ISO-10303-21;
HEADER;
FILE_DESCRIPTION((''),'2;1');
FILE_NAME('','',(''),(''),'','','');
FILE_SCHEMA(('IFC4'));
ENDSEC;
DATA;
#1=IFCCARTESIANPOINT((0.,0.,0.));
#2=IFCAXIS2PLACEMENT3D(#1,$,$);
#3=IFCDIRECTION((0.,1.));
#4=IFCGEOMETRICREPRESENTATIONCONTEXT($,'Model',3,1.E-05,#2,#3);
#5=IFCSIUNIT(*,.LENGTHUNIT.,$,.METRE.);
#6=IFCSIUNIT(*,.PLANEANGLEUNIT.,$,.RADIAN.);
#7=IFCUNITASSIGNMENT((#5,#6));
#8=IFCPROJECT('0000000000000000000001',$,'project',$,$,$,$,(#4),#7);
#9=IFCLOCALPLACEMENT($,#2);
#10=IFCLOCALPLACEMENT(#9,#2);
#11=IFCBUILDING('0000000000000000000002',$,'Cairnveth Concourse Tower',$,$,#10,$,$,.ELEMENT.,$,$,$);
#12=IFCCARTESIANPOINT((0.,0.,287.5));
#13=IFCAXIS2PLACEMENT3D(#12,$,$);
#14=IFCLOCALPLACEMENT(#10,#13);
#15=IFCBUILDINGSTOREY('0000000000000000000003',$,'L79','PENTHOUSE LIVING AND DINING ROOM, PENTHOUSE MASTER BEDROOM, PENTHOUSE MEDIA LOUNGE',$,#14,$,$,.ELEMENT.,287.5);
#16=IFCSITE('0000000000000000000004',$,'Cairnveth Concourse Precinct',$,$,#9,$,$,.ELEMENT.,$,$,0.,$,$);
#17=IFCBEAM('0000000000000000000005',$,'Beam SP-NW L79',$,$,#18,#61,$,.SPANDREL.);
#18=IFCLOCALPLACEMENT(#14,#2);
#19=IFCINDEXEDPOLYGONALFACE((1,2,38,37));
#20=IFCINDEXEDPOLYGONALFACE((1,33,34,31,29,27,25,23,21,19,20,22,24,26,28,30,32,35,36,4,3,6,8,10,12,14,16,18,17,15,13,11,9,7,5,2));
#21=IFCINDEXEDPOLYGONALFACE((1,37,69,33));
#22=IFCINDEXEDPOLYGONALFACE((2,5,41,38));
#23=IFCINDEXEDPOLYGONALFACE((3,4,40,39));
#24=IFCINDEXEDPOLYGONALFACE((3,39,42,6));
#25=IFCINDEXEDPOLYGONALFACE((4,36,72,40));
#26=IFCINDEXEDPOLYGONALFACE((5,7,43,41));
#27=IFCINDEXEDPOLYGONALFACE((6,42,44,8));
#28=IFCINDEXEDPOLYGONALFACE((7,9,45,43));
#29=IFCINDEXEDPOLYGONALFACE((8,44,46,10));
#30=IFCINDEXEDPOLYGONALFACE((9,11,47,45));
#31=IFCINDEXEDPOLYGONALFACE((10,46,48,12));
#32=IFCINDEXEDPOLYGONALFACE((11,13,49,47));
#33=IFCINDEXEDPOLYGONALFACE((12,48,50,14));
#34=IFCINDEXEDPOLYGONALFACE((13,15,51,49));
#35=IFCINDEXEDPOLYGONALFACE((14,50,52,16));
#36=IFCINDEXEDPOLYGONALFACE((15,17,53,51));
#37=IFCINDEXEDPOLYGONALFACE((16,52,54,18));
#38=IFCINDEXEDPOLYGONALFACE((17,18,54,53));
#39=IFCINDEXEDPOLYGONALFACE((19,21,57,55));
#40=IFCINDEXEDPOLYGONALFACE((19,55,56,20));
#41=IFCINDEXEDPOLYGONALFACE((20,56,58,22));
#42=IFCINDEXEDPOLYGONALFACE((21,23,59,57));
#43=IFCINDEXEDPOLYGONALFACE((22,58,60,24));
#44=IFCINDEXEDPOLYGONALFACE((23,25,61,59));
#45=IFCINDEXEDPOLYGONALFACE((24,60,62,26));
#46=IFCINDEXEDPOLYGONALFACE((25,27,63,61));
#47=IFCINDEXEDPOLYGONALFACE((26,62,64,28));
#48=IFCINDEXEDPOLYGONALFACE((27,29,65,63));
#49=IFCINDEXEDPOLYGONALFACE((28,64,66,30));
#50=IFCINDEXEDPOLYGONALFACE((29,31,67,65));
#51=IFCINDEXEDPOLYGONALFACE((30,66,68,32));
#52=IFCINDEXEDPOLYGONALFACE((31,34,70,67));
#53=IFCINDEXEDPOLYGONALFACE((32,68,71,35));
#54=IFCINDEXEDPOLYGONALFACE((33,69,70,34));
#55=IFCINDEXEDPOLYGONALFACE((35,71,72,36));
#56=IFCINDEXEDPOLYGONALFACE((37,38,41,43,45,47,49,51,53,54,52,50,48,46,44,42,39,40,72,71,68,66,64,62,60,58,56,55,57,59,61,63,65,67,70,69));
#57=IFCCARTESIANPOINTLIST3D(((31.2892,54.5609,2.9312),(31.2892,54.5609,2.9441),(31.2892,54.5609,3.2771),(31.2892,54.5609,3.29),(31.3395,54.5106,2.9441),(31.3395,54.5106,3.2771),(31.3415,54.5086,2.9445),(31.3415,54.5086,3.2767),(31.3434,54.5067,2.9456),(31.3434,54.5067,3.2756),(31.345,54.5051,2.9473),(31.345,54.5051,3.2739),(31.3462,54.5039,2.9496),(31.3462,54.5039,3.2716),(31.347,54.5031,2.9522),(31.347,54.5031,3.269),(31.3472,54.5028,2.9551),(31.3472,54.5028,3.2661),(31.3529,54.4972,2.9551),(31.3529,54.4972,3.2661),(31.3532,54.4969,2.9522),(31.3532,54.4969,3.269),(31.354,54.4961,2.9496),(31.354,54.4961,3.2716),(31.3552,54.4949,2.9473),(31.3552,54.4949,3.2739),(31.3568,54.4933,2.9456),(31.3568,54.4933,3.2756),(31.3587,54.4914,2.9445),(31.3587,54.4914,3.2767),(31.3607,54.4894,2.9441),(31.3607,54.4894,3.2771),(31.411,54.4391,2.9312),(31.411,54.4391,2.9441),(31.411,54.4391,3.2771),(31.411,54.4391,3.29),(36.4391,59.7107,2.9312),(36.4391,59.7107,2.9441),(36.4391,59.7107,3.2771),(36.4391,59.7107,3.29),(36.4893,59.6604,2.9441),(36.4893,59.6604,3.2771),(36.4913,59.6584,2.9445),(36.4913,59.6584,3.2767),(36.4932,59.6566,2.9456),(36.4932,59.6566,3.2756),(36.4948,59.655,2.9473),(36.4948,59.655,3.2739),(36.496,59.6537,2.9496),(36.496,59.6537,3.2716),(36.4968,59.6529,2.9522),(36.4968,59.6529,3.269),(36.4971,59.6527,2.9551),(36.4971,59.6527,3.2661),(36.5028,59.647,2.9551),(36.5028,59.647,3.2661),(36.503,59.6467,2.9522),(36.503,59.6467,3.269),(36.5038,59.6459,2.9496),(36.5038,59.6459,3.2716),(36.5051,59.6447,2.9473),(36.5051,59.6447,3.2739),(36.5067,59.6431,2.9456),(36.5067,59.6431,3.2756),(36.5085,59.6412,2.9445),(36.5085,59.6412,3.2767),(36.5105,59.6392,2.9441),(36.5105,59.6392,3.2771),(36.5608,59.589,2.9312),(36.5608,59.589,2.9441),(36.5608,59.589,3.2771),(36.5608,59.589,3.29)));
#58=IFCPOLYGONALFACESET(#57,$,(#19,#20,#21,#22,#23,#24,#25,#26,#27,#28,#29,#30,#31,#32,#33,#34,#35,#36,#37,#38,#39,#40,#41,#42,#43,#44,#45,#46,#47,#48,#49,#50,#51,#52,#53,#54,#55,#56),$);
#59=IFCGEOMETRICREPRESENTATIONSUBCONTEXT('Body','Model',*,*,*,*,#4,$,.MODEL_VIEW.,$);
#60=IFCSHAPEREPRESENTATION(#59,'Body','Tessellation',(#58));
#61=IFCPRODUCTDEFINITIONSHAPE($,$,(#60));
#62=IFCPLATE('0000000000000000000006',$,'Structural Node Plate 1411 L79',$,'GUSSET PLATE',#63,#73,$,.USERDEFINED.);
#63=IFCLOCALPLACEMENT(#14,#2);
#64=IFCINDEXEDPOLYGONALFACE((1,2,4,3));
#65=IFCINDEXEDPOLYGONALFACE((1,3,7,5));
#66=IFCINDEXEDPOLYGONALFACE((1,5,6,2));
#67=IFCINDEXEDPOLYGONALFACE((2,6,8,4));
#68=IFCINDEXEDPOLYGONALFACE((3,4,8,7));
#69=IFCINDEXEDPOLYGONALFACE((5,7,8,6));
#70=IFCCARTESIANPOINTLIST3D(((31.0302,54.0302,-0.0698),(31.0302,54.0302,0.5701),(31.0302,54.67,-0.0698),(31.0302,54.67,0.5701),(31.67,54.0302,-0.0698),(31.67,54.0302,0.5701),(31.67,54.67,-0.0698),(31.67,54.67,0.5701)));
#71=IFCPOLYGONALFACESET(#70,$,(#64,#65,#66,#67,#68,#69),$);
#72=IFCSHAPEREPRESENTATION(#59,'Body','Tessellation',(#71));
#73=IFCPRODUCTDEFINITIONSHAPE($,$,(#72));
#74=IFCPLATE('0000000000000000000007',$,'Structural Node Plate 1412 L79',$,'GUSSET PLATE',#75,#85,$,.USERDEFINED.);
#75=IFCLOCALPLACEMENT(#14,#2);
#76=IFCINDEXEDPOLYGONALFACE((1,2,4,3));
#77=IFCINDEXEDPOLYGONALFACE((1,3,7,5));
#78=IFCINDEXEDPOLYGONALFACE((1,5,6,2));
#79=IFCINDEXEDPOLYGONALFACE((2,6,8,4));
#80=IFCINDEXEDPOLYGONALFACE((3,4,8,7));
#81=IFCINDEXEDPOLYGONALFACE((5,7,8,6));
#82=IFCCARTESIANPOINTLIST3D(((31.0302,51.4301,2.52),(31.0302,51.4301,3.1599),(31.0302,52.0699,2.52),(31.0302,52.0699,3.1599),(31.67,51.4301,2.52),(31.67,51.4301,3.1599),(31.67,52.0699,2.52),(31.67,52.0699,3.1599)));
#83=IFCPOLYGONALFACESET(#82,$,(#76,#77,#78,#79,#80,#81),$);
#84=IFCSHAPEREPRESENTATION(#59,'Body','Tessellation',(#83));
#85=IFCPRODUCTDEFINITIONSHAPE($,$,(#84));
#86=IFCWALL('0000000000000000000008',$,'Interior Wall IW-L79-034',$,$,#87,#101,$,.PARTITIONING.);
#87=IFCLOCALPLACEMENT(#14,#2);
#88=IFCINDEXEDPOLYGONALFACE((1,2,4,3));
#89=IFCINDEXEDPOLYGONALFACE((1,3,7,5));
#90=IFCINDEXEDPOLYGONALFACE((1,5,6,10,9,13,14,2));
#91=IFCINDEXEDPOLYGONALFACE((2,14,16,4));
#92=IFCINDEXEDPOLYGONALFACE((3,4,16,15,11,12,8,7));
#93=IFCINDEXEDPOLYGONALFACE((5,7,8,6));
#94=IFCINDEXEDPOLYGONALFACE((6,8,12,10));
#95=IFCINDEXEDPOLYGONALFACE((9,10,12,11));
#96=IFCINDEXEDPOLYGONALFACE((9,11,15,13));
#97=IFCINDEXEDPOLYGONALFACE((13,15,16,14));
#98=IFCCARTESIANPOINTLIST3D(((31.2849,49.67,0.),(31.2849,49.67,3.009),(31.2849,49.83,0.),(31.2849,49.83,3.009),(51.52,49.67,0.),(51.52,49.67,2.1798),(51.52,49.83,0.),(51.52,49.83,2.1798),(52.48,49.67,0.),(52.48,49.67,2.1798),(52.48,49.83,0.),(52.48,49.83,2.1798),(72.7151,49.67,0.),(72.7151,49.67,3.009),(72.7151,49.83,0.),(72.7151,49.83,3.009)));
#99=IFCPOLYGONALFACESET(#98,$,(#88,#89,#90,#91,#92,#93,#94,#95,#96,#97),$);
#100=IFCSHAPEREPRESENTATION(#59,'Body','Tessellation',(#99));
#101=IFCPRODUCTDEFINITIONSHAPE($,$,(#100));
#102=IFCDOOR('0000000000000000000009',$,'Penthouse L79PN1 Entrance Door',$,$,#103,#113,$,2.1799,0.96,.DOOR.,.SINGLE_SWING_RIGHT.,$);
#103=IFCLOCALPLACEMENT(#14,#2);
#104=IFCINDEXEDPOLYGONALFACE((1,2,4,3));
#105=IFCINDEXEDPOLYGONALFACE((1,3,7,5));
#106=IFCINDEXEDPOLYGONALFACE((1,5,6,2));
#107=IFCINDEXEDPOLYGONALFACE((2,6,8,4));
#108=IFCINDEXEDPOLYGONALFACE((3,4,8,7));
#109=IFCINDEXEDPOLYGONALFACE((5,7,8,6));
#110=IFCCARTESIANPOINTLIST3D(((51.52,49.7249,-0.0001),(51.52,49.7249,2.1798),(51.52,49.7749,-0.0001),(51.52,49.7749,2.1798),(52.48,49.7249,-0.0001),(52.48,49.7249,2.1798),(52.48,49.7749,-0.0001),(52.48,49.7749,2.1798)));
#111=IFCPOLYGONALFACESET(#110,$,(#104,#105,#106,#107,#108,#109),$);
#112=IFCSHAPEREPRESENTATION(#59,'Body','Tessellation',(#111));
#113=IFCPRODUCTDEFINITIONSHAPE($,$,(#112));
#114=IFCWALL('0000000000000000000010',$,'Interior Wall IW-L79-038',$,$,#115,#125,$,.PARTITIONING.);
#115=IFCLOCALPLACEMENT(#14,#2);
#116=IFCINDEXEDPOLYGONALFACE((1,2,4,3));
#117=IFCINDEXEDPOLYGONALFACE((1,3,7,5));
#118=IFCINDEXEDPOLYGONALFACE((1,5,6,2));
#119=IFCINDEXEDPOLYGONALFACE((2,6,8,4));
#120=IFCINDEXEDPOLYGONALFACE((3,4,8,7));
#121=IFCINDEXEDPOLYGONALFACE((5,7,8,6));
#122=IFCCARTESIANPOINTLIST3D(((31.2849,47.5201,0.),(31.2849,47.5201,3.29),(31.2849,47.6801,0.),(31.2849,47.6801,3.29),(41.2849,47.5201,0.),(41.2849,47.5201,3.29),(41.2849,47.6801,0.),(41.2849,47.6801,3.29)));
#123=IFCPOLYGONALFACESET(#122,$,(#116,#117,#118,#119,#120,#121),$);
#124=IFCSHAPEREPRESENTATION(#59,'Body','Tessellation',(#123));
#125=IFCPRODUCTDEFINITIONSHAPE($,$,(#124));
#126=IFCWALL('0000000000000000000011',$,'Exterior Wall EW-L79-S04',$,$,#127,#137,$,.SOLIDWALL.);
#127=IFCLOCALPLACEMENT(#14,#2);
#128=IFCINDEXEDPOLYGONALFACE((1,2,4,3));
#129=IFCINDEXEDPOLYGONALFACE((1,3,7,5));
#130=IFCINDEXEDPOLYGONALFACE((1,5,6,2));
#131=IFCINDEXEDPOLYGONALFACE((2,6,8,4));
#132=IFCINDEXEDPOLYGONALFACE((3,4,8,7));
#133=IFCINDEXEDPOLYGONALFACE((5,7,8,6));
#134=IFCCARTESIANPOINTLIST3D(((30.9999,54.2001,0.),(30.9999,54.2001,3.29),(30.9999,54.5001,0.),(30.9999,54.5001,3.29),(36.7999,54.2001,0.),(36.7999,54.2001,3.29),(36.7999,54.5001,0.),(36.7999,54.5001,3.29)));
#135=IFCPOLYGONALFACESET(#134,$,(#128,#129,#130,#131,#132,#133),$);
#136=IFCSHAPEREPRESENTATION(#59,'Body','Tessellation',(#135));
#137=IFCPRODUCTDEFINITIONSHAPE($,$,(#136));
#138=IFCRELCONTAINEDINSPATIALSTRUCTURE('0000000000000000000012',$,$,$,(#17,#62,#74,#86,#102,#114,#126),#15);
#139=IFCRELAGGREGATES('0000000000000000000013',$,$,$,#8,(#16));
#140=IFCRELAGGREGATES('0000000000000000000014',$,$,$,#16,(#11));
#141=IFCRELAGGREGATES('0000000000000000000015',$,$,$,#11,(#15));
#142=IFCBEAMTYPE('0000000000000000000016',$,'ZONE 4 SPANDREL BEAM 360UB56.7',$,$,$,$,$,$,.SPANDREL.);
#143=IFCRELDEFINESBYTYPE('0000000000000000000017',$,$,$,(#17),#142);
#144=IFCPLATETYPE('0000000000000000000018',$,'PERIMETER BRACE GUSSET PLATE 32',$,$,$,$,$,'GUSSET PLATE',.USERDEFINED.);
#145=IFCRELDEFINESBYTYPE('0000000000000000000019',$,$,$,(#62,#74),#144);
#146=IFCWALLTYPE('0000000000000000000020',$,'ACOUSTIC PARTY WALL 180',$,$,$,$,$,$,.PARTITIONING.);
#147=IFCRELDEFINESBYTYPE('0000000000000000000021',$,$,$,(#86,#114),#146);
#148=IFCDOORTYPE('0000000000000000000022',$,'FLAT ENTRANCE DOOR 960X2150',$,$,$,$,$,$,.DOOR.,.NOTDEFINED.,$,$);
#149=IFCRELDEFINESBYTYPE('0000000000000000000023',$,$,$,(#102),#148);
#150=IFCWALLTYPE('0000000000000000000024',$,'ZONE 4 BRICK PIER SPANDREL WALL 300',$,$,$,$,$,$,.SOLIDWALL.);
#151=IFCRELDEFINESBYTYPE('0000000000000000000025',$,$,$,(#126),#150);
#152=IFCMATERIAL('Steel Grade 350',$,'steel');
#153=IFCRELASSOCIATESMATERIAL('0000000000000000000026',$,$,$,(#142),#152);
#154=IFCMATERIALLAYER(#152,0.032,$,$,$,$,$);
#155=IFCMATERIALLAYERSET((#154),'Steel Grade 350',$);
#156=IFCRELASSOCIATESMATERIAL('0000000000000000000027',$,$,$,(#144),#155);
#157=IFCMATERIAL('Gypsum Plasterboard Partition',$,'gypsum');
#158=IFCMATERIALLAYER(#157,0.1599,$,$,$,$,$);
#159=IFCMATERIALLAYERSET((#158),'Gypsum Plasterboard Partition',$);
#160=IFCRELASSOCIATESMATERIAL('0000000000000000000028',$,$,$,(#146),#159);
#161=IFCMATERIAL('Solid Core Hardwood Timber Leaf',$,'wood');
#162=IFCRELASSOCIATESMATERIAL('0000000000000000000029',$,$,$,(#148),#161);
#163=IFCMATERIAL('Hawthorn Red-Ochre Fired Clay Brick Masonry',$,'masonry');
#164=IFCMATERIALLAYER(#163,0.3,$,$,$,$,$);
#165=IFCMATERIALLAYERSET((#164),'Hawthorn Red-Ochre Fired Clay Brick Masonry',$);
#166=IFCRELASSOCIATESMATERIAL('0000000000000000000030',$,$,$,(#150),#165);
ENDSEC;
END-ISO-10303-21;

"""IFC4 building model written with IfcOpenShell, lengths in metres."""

from ifc_helpers import new_model, si_unit, direction, frame, frame_2d, origin, origin_2d, place, context, subcontext, project, spatial, rectangle, i_section, extrude, material, layer, layer_set, material_profile, profile_set, type_object, element, fill, save


model = new_model("IFC4")

# Units and contexts
model_context = context("Model", 3, precision=1e-05, world=origin(), true_north=direction((0.0, 1.0)))
body_context = subcontext(model_context, "Body", "Model", "MODEL_VIEW")
ifc_project = project(units=[si_unit("LENGTHUNIT", "METRE"), si_unit("PLANEANGLEUNIT", "RADIAN")], contexts=[model_context])

# Site, building, storey
site_placement = place(None, origin())
site = spatial("IfcSite", under=ifc_project, at=site_placement, Name="Cairnveth Concourse Precinct", CompositionType="ELEMENT", RefElevation=0.0)
building_placement = place(site_placement, origin())
building = spatial("IfcBuilding", under=site, at=building_placement, Name="Cairnveth Concourse Tower", CompositionType="ELEMENT")
storey_placement = place(building_placement, frame((0.0, 0.0, 287.5)))
storey = spatial("IfcBuildingStorey", under=building, at=storey_placement, Name="L79", Description="PENTHOUSE LIVING AND DINING ROOM, PENTHOUSE MASTER BEDROOM, PENTHOUSE MEDIA LOUNGE", CompositionType="ELEMENT", Elevation=287.5)

# Shared definitions
ifc_material_1 = material(Name="Steel Grade 350", Category="steel")

# Beam
ifc_material_profile_1 = material_profile(ifc_material_1, i_section(OverallWidth=0.1721, OverallDepth=0.3589, WebThickness=0.0081, FlangeThickness=0.0129, FilletRadius=0.011, at=origin_2d()), Name="360UB56.7")
ifc_profile_set_1 = profile_set([ifc_material_profile_1], Name="Steel Grade 350")
beam_type_1 = type_object("IfcBeamType", Name="ZONE 4 SPANDREL BEAM 360UB56.7", PredefinedType="SPANDREL", material=ifc_profile_set_1)
beam_1_placement = place(storey_placement, frame((31.3501, 54.5, 3.1106), z_axis=(0.707107, 0.707107, 0.0), x_axis=(-0.707107, 0.707107, 0.0)))
element("IfcBeam", 1, at=beam_1_placement, inside=storey, type_object=beam_type_1, Name="Beam SP-NW L79", PredefinedType="SPANDREL", context=body_context, shape_type="SweptSolid", body=[
    extrude(i_section(OverallWidth=0.1721, OverallDepth=0.3589, WebThickness=0.0081, FlangeThickness=0.0129, FilletRadius=0.011, at=origin_2d()), origin(), (0.0, 0.0, 1.0), 7.283),
])

# Plates
ifc_layer_1 = layer(ifc_material_1, 0.032)
ifc_layer_set_1 = layer_set([ifc_layer_1], Name="Steel Grade 350")
plate_type = type_object("IfcPlateType", Name="PERIMETER BRACE GUSSET PLATE 32", ElementType="GUSSET PLATE", PredefinedType="USERDEFINED", material=ifc_layer_set_1)
for number, where, z_axis, x_axis, name in (
    (2, (31.3501, 54.3501, -0.0698), (0.0, 0.0, 1.0), (1.0, 0.0, 0.0), "Structural Node Plate 1411 L79"),
    (3, (31.3501, 51.75, 2.52), (0.0, 0.0, 1.0), (1.0, 0.0, 0.0), "Structural Node Plate 1412 L79"),
):
    element("IfcPlate", number, at=place(storey_placement, frame(where, z_axis=z_axis, x_axis=x_axis)), inside=storey, type_object=plate_type, Name=name, ObjectType="GUSSET PLATE", PredefinedType="USERDEFINED", context=body_context, shape_type="SweptSolid", body=[
        extrude(rectangle(XDim=0.6399, YDim=0.6399, at=origin_2d()), origin(), (0.0, 0.0, 1.0), 0.6399),
    ])

# Wall, opening, door
ifc_material_2 = material(Name="Gypsum Plasterboard Partition", Category="gypsum")
ifc_layer_2 = layer(ifc_material_2, 0.1599)
ifc_layer_set_2 = layer_set([ifc_layer_2], Name="Gypsum Plasterboard Partition")
wall_type_1 = type_object("IfcWallType", Name="ACOUSTIC PARTY WALL 180", PredefinedType="PARTITIONING", material=ifc_layer_set_2)
wall_1_placement = place(storey_placement, frame((31.2849, 49.75, 0.0), z_axis=(0.0, 0.0, 1.0), x_axis=(1.0, 0.0, 0.0)))
wall_1 = element("IfcWall", 4, at=wall_1_placement, inside=storey, type_object=wall_type_1, Name="Interior Wall IW-L79-034", PredefinedType="PARTITIONING", context=body_context, shape_type="SweptSolid", body=[
    extrude(rectangle(XDim=41.4302, YDim=0.1599, at=frame_2d((20.7151, 0.0))), origin(), (0.0, 0.0, 1.0), 3.009),
])
opening_1_placement = place(wall_1_placement, frame((20.2351, 0.0, 0.0)))
opening_1 = element("IfcOpeningElement", 5, at=opening_1_placement, cuts=wall_1, PredefinedType="OPENING", context=body_context, shape_type="SweptSolid", body=[
    extrude(rectangle(XDim=0.96, YDim=2.1799, at=frame_2d((0.48, 1.0898))), frame((0.0, 0.0898, 0.0), z_axis=(0.0, -1.0, 0.0), x_axis=(1.0, 0.0, 0.0)), (0.0, 0.0, 1.0), 0.1799),
])
ifc_material_3 = material(Name="Solid Core Hardwood Timber Leaf", Category="wood")
door_type = type_object("IfcDoorType", Name="FLAT ENTRANCE DOOR 960X2150", OperationType="NOTDEFINED", PredefinedType="DOOR", material=ifc_material_3)
door_placement = place(opening_1_placement, origin())
door = element("IfcDoor", 6, at=door_placement, inside=storey, type_object=door_type, Name="Penthouse L79PN1 Entrance Door", OperationType="SINGLE_SWING_RIGHT", OverallHeight=2.1799, OverallWidth=0.96, PredefinedType="DOOR", context=body_context, shape_type="SweptSolid", body=[
    extrude(rectangle(XDim=0.96, YDim=2.1799, at=frame_2d((0.48, 1.0898))), frame((0.0, 0.0249, 0.0), z_axis=(0.0, -1.0, 0.0), x_axis=(1.0, 0.0, 0.0)), (0.0, 0.0, 1.0), 0.05),
])
fill(opening_1, door)

# Walls
wall_2_placement = place(storey_placement, frame((31.2849, 47.6001, 0.0), z_axis=(0.0, 0.0, 1.0), x_axis=(1.0, 0.0, 0.0)))
element("IfcWall", 7, at=wall_2_placement, inside=storey, type_object=wall_type_1, Name="Interior Wall IW-L79-038", PredefinedType="PARTITIONING", context=body_context, shape_type="SweptSolid", body=[
    extrude(rectangle(XDim=10.0, YDim=0.1599, at=frame_2d((5.0, 0.0))), origin(), (0.0, 0.0, 1.0), 3.29),
])
ifc_material_4 = material(Name="Hawthorn Red-Ochre Fired Clay Brick Masonry", Category="masonry")
ifc_layer_3 = layer(ifc_material_4, 0.3)
ifc_layer_set_3 = layer_set([ifc_layer_3], Name="Hawthorn Red-Ochre Fired Clay Brick Masonry")
wall_type_2 = type_object("IfcWallType", Name="ZONE 4 BRICK PIER SPANDREL WALL 300", PredefinedType="SOLIDWALL", material=ifc_layer_set_3)
wall_3_placement = place(storey_placement, frame((31.0, 54.3501, 0.0), z_axis=(0.0, 0.0, 1.0), x_axis=(1.0, 0.0, 0.0)))
element("IfcWall", 8, at=wall_3_placement, inside=storey, type_object=wall_type_2, Name="Exterior Wall EW-L79-S04", PredefinedType="SOLIDWALL", context=body_context, shape_type="SweptSolid", body=[
    extrude(rectangle(XDim=5.8, YDim=0.3, at=frame_2d((2.8999, 0.0))), origin(), (0.0, 0.0, 1.0), 3.29),
])

save(model, "model.ifc")
